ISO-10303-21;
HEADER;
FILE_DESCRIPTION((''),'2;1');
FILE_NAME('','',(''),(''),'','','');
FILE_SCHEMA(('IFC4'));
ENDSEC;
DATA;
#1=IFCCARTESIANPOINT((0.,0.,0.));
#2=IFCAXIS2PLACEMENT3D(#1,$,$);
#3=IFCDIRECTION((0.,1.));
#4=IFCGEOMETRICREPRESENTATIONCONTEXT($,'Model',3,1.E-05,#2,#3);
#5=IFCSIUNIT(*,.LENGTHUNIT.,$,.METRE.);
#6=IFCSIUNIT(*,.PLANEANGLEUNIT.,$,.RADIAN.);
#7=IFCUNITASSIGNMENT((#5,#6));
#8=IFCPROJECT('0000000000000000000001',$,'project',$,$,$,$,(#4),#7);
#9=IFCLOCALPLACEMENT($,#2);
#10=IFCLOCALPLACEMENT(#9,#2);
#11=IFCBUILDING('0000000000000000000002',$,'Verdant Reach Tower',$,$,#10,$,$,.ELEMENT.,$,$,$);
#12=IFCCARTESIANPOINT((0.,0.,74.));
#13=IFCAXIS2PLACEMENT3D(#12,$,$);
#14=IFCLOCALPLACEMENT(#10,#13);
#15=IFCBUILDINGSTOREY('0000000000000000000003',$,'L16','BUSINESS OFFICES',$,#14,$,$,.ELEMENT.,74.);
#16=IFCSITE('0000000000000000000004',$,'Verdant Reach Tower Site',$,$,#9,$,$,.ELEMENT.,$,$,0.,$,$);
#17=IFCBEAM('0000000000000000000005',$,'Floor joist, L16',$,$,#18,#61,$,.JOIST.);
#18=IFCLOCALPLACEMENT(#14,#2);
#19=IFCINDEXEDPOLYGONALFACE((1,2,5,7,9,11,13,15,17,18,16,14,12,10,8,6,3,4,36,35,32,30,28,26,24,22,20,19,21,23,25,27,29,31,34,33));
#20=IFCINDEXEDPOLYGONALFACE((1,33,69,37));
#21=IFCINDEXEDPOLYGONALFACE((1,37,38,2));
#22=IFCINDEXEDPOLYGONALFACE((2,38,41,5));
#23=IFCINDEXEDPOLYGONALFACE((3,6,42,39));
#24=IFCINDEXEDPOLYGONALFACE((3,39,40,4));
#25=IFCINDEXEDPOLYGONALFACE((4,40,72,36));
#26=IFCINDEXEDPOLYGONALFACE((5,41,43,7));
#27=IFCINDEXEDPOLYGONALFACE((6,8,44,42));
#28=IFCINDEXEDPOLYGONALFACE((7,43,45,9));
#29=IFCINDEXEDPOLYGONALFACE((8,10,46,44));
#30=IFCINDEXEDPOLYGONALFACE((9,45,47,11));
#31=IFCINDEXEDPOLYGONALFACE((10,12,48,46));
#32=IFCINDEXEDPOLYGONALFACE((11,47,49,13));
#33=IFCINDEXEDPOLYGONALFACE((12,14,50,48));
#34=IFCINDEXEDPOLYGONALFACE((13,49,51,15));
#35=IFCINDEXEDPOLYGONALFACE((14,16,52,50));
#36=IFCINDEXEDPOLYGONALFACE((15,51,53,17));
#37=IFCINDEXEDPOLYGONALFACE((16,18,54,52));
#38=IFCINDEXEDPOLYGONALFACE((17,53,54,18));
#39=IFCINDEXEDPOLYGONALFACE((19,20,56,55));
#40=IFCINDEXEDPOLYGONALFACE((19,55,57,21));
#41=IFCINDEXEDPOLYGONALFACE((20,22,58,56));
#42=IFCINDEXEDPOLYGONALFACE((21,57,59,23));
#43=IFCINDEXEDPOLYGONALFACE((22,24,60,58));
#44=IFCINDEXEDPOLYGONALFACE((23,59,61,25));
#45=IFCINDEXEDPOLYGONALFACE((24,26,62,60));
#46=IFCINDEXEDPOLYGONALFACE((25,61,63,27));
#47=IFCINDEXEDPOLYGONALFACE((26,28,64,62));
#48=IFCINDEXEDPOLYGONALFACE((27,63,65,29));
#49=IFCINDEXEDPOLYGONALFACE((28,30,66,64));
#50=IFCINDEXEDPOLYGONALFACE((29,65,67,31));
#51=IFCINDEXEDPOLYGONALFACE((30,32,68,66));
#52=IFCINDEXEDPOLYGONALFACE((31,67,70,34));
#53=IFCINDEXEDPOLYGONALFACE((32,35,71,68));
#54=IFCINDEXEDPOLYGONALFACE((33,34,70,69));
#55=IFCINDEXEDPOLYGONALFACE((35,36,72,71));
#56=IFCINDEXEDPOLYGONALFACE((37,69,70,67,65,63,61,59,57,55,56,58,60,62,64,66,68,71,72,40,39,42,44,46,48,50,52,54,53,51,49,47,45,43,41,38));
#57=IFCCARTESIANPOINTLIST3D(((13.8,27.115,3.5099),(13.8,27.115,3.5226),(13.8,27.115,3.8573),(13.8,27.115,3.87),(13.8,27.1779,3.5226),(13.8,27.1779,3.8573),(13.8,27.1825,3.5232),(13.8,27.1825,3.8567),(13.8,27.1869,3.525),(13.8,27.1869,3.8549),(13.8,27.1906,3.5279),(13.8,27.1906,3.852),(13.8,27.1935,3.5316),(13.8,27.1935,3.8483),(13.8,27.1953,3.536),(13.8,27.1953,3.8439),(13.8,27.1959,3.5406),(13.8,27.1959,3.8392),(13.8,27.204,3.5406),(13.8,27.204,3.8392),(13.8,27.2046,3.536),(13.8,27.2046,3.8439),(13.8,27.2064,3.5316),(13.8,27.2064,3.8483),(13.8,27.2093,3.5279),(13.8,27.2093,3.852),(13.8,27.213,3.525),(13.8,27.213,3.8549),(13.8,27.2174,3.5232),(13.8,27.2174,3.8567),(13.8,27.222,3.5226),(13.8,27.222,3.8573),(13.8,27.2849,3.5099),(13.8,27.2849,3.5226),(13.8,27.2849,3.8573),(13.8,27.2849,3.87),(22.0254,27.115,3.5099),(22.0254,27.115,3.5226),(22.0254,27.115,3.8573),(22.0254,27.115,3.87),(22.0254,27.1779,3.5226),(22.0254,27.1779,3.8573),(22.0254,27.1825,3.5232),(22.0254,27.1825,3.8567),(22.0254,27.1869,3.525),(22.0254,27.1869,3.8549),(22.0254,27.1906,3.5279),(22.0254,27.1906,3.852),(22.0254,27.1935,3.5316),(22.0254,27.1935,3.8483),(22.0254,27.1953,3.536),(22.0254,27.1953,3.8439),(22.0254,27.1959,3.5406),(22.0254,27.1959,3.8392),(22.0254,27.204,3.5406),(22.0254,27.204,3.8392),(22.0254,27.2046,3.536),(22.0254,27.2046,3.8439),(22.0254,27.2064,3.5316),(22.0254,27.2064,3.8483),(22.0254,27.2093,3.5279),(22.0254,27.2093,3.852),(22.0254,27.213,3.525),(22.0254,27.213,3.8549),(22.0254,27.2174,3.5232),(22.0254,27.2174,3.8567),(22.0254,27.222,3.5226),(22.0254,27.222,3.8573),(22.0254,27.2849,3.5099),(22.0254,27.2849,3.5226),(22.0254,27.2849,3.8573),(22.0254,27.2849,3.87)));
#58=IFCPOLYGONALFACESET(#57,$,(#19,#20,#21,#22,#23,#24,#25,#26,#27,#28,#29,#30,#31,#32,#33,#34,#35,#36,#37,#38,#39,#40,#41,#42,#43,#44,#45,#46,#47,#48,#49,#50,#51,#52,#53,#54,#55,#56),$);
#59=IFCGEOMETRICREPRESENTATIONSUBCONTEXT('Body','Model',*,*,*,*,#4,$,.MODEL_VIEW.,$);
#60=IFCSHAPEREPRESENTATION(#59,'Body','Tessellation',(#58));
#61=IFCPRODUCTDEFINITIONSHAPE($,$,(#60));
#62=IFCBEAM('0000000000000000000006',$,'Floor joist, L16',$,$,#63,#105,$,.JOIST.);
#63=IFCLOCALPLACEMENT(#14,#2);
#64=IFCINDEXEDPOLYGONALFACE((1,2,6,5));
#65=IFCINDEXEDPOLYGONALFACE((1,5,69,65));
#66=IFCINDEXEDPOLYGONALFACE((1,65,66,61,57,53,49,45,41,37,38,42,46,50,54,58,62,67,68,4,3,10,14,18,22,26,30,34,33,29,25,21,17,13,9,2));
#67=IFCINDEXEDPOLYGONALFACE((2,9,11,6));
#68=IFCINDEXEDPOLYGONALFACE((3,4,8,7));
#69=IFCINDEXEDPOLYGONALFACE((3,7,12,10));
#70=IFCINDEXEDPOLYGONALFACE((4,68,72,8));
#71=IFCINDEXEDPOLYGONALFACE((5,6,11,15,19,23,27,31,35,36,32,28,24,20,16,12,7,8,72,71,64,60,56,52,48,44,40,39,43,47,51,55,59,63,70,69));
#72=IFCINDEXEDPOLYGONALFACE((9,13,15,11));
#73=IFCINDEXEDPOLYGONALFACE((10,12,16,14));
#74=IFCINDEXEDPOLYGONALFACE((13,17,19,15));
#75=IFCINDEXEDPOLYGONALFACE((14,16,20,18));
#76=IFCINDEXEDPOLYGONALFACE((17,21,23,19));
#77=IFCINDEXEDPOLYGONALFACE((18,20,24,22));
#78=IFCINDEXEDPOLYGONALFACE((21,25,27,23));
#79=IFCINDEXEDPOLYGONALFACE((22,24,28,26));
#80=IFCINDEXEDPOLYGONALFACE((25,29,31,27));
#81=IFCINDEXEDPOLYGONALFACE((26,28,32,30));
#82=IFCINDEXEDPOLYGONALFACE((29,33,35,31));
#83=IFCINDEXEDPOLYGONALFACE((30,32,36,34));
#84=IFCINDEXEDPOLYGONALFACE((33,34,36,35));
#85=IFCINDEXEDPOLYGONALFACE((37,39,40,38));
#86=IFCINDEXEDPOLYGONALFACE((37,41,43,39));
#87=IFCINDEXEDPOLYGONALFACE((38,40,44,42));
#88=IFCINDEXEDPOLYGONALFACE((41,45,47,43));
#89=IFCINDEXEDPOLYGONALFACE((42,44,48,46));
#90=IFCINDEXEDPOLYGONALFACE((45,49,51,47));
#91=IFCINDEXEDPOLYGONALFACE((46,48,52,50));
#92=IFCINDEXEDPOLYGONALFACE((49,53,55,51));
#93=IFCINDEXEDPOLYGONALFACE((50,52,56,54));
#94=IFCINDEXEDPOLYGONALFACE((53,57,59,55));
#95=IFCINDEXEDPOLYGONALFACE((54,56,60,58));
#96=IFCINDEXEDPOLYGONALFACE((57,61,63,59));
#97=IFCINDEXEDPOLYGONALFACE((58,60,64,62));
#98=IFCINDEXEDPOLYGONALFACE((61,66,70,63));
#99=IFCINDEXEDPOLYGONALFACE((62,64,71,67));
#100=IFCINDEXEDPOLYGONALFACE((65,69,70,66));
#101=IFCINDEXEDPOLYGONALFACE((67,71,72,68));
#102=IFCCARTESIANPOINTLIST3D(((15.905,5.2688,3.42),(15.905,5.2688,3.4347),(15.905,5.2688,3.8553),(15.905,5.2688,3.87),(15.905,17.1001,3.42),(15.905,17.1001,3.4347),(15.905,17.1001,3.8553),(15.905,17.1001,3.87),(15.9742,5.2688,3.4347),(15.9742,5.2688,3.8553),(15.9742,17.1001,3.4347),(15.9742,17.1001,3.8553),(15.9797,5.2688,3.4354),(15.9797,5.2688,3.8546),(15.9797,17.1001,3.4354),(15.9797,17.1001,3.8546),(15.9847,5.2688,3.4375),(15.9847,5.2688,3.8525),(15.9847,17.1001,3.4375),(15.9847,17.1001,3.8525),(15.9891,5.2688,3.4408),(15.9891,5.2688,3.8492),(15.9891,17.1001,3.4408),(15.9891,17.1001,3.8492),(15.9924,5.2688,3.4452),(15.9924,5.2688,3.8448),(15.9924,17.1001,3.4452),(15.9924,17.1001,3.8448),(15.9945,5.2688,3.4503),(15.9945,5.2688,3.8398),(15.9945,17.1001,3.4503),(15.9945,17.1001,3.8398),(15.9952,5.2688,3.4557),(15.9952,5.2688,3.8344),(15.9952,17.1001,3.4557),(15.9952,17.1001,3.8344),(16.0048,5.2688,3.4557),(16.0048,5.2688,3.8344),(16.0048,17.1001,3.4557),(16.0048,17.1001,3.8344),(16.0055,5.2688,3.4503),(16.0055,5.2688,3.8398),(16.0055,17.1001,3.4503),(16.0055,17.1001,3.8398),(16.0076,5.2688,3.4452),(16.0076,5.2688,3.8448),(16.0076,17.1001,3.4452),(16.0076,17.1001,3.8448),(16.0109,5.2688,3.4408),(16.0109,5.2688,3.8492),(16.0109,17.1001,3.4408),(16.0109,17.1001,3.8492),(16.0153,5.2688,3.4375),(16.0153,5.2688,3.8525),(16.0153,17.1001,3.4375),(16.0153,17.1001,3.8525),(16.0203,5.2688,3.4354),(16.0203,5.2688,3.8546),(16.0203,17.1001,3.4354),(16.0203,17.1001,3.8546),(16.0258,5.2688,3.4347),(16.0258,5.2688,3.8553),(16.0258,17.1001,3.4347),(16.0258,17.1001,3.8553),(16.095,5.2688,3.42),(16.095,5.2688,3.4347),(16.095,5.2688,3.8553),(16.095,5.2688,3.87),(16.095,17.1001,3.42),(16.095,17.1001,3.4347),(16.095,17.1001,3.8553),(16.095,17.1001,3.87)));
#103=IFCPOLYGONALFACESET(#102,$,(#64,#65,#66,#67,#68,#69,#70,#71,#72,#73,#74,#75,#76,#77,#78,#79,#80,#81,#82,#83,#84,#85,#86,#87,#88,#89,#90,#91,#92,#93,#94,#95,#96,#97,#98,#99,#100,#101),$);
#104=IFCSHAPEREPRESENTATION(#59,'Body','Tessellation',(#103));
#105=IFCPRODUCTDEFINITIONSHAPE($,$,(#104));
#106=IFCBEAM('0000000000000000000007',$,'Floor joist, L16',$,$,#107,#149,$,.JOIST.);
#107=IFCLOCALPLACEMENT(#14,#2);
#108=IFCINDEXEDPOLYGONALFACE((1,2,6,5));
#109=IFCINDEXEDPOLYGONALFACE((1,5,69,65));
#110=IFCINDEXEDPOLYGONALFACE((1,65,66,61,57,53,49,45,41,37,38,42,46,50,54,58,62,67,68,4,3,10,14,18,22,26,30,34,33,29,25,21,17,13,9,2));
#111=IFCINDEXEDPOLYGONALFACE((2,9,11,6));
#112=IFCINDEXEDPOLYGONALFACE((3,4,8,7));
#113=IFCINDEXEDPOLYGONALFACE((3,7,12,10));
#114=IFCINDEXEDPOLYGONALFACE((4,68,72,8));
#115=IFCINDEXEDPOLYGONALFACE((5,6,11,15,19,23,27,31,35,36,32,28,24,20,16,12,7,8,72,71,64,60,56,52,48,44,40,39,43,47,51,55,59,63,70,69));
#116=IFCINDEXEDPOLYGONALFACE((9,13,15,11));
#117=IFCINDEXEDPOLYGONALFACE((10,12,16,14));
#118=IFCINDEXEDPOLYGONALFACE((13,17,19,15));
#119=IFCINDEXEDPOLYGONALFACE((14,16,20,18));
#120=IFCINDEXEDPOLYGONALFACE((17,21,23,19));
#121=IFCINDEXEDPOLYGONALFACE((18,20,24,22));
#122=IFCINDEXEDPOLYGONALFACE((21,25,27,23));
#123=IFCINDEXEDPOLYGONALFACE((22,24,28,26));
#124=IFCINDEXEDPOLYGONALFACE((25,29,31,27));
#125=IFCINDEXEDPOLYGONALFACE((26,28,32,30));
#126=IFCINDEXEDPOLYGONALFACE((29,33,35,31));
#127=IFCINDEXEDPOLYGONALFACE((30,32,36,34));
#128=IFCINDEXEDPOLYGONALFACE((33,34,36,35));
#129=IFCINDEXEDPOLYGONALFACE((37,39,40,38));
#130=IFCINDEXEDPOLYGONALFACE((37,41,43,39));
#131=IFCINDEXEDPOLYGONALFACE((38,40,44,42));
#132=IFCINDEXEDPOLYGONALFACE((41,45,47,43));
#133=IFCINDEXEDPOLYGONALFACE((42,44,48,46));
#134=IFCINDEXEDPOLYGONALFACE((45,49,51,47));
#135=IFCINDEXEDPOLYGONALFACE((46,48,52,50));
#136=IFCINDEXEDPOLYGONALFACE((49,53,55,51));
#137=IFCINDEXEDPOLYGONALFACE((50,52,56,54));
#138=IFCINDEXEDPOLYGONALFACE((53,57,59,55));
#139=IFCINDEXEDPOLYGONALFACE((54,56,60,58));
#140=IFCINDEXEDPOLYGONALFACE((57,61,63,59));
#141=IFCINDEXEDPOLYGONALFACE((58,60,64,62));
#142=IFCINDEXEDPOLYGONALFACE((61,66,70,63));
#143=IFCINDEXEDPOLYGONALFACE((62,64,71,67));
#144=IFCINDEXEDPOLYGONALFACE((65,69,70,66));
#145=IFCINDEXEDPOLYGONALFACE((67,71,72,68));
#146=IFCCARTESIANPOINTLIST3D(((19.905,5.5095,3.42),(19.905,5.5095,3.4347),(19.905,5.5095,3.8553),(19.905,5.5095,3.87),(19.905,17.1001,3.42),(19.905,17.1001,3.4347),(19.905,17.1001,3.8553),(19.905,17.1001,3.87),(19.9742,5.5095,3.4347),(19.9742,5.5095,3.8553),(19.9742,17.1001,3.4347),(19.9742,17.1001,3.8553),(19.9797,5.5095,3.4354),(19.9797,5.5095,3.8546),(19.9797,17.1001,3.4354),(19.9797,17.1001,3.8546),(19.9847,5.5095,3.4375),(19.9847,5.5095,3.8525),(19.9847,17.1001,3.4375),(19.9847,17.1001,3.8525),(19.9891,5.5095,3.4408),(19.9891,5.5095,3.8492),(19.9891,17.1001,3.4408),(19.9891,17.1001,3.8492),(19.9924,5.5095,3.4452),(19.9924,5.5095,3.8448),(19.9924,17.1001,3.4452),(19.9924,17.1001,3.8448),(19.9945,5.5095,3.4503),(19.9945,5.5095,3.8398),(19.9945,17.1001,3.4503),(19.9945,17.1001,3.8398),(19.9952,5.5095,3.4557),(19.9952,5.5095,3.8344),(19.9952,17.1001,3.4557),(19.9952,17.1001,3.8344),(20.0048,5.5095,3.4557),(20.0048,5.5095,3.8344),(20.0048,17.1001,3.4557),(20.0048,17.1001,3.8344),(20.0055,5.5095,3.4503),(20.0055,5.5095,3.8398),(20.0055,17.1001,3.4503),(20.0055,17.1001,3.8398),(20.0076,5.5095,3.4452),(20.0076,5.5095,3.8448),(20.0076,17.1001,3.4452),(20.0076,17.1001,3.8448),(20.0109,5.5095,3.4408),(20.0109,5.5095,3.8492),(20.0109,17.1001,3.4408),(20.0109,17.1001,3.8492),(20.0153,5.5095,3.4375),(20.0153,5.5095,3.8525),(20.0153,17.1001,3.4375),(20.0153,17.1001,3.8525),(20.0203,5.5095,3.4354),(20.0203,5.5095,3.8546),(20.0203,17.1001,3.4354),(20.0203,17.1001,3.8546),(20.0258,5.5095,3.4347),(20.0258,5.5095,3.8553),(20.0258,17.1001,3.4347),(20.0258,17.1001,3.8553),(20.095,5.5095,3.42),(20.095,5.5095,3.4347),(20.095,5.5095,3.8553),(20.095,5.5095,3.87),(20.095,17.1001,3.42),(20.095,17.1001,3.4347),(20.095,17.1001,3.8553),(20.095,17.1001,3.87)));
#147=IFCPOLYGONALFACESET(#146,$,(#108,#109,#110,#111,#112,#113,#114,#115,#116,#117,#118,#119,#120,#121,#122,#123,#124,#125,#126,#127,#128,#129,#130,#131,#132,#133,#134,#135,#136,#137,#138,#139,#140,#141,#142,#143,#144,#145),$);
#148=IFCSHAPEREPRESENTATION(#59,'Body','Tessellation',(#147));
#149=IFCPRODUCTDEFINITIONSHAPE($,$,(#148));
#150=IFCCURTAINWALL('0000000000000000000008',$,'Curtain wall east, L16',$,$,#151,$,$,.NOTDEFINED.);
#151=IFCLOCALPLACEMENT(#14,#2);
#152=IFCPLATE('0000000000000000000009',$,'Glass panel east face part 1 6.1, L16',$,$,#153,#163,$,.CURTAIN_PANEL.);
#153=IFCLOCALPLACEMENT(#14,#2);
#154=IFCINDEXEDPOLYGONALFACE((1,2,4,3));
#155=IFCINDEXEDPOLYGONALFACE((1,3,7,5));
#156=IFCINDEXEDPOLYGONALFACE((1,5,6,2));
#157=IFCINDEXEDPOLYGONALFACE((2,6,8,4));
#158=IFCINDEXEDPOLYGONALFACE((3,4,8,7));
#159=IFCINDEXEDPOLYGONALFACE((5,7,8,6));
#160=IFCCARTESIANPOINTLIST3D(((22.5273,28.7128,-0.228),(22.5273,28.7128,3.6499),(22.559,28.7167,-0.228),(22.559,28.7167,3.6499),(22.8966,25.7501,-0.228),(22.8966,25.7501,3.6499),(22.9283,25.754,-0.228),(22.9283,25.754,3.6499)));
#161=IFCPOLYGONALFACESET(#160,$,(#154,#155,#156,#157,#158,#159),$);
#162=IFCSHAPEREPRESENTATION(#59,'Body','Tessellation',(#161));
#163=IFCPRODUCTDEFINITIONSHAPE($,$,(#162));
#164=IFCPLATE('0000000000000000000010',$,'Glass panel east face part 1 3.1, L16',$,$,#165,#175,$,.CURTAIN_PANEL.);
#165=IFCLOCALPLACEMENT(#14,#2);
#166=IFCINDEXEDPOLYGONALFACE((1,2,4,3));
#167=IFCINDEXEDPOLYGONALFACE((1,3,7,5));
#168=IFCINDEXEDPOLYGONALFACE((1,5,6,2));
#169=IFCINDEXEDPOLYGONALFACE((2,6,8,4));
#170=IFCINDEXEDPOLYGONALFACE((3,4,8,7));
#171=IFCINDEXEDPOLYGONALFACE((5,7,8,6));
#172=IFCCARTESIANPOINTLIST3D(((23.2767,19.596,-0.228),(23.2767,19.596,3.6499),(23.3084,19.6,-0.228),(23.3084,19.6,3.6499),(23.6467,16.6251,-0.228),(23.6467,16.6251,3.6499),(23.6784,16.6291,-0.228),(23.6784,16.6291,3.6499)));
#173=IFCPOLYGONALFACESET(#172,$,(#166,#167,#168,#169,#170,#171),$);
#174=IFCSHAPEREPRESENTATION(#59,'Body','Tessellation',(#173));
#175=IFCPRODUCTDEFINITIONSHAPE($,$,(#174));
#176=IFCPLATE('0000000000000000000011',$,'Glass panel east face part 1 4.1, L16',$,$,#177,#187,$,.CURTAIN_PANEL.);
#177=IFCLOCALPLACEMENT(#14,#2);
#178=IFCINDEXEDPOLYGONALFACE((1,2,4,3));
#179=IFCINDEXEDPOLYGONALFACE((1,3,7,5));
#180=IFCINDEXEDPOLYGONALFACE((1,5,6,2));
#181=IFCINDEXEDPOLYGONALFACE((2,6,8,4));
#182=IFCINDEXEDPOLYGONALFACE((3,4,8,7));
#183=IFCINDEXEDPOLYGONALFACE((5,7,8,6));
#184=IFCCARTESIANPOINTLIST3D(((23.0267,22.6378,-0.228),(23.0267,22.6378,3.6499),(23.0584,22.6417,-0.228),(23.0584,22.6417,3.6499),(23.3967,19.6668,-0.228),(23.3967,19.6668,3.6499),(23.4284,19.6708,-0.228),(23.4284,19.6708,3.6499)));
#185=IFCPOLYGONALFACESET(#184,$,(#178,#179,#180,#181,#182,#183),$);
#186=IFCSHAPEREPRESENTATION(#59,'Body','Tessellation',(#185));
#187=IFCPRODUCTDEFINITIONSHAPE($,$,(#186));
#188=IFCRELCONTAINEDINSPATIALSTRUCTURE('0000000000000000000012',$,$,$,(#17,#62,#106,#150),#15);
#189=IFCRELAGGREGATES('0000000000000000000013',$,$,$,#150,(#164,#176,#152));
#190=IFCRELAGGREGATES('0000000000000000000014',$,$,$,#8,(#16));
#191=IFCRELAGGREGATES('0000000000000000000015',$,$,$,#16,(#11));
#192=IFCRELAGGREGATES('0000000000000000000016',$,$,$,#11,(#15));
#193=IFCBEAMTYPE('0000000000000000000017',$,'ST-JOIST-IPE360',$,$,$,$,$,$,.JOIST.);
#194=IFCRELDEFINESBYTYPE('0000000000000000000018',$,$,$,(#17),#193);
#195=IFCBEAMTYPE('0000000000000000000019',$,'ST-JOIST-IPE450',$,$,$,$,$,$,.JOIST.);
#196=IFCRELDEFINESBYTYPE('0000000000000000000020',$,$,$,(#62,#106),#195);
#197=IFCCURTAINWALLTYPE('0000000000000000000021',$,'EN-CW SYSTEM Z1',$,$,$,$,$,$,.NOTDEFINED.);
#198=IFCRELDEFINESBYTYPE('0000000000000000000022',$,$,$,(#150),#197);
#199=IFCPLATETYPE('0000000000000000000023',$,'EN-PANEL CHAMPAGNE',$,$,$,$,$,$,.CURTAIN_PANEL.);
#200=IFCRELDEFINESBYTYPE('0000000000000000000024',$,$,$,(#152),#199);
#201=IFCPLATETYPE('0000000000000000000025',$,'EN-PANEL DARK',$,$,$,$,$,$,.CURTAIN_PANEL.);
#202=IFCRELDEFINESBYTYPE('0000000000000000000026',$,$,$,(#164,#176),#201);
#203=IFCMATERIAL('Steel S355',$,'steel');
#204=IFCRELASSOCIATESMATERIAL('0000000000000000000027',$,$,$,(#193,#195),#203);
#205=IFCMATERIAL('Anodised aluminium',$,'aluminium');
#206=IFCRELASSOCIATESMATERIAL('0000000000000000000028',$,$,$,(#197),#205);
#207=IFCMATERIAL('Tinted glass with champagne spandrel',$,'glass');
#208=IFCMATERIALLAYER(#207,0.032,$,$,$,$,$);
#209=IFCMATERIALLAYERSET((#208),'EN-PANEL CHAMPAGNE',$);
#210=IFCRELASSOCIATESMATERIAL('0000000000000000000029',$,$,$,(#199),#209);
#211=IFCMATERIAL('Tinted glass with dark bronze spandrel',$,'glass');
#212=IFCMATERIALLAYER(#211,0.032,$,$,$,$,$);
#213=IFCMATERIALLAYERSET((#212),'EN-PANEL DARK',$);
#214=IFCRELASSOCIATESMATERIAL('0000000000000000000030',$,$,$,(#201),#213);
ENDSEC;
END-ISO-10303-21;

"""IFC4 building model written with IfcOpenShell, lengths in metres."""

from ifc_helpers import new_model, si_unit, direction, frame, origin, origin_2d, place, context, subcontext, project, spatial, rectangle, i_section, extrude, material, layer, layer_set, material_profile, profile_set, type_object, element, aggregate, save


model = new_model("IFC4")

# Units and contexts
model_context = context("Model", 3, precision=1e-05, world=origin(), true_north=direction((0.0, 1.0)))
body_context = subcontext(model_context, "Body", "Model", "MODEL_VIEW")
ifc_project = project(units=[si_unit("LENGTHUNIT", "METRE"), si_unit("PLANEANGLEUNIT", "RADIAN")], contexts=[model_context])

# Site, building, storey
site_placement = place(None, origin())
site = spatial("IfcSite", under=ifc_project, at=site_placement, Name="Verdant Reach Tower Site", CompositionType="ELEMENT", RefElevation=0.0)
building_placement = place(site_placement, origin())
building = spatial("IfcBuilding", under=site, at=building_placement, Name="Verdant Reach Tower", CompositionType="ELEMENT")
storey_placement = place(building_placement, frame((0.0, 0.0, 74.0)))
storey = spatial("IfcBuildingStorey", under=building, at=storey_placement, Name="L16", Description="BUSINESS OFFICES", CompositionType="ELEMENT", Elevation=74.0)

# Beams
ifc_material_1 = material(Name="Steel S355", Category="steel")
ifc_material_profile_1 = material_profile(ifc_material_1, i_section(OverallWidth=0.1699, OverallDepth=0.3601, WebThickness=0.0081, FlangeThickness=0.0127, FilletRadius=0.0181, at=origin_2d()), Name="IPE 360")
ifc_profile_set_1 = profile_set([ifc_material_profile_1], Name="Steel S355")
beam_type_1 = type_object("IfcBeamType", Name="ST-JOIST-IPE360", PredefinedType="JOIST", material=ifc_profile_set_1)
beam_1_placement = place(storey_placement, frame((13.8, 27.2, 3.6899), z_axis=(1.0, 0.0, 0.0), x_axis=(0.0, 1.0, 0.0)))
element("IfcBeam", 1, at=beam_1_placement, inside=storey, type_object=beam_type_1, Name="Floor joist, L16", PredefinedType="JOIST", context=body_context, shape_type="SweptSolid", body=[
    extrude(i_section(OverallWidth=0.1699, OverallDepth=0.3601, WebThickness=0.0081, FlangeThickness=0.0127, FilletRadius=0.0181, at=origin_2d()), origin(), (0.0, 0.0, 1.0), 8.2253),
])
ifc_material_profile_2 = material_profile(ifc_material_1, i_section(OverallWidth=0.1899, OverallDepth=0.45, WebThickness=0.0095, FlangeThickness=0.0146, FilletRadius=0.021, at=origin_2d()), Name="IPE 450")
ifc_profile_set_2 = profile_set([ifc_material_profile_2], Name="Steel S355")
beam_type_2 = type_object("IfcBeamType", Name="ST-JOIST-IPE450", PredefinedType="JOIST", material=ifc_profile_set_2)
beam_2_placement = place(storey_placement, frame((16.0, 17.1001, 3.645), z_axis=(0.0, -1.0, 0.0), x_axis=(1.0, 0.0, 0.0)))
element("IfcBeam", 2, at=beam_2_placement, inside=storey, type_object=beam_type_2, Name="Floor joist, L16", PredefinedType="JOIST", context=body_context, shape_type="SweptSolid", body=[
    extrude(i_section(OverallWidth=0.1899, OverallDepth=0.45, WebThickness=0.0095, FlangeThickness=0.0146, FilletRadius=0.021, at=origin_2d()), origin(), (0.0, 0.0, 1.0), 11.8313),
])
beam_3_placement = place(storey_placement, frame((20.0, 17.1001, 3.645), z_axis=(0.0, -1.0, 0.0), x_axis=(1.0, 0.0, 0.0)))
element("IfcBeam", 3, at=beam_3_placement, inside=storey, type_object=beam_type_2, Name="Floor joist, L16", PredefinedType="JOIST", context=body_context, shape_type="SweptSolid", body=[
    extrude(i_section(OverallWidth=0.1899, OverallDepth=0.45, WebThickness=0.0095, FlangeThickness=0.0146, FilletRadius=0.021, at=origin_2d()), origin(), (0.0, 0.0, 1.0), 11.5906),
])

# Curtain wall, plates
ifc_material_2 = material(Name="Anodised aluminium", Category="aluminium")
curtain_wall_type = type_object("IfcCurtainWallType", Name="EN-CW SYSTEM Z1", PredefinedType="NOTDEFINED", material=ifc_material_2)
curtain_wall_placement = place(storey_placement, origin())
curtain_wall = element("IfcCurtainWall", 4, at=curtain_wall_placement, inside=storey, type_object=curtain_wall_type, Name="Curtain wall east, L16", PredefinedType="NOTDEFINED")
ifc_material_3 = material(Name="Tinted glass with champagne spandrel", Category="glass")
ifc_layer_1 = layer(ifc_material_3, 0.032)
ifc_layer_set_1 = layer_set([ifc_layer_1], Name="EN-PANEL CHAMPAGNE")
plate_type_1 = type_object("IfcPlateType", Name="EN-PANEL CHAMPAGNE", PredefinedType="CURTAIN_PANEL", material=ifc_layer_set_1)
plate_1_placement = place(storey_placement, frame((22.7278, 27.2334, -0.228), z_axis=(0.0, 0.0, 1.0), x_axis=(-0.123691, 0.992321, 0.0)))
plate_1 = element("IfcPlate", 5, at=plate_1_placement, type_object=plate_type_1, Name="Glass panel east face part 1 6.1, L16", PredefinedType="CURTAIN_PANEL", context=body_context, shape_type="SweptSolid", body=[
    extrude(rectangle(XDim=2.9856, YDim=0.032, at=origin_2d()), origin(), (0.0, 0.0, 1.0), 3.8779),
])
ifc_material_4 = material(Name="Tinted glass with dark bronze spandrel", Category="glass")
ifc_layer_2 = layer(ifc_material_4, 0.032)
ifc_layer_set_2 = layer_set([ifc_layer_2], Name="EN-PANEL DARK")
plate_type_2 = type_object("IfcPlateType", Name="EN-PANEL DARK", PredefinedType="CURTAIN_PANEL", material=ifc_layer_set_2)
plate_2_placement = place(storey_placement, frame((23.4775, 18.1125, -0.228), z_axis=(0.0, 0.0, 1.0), x_axis=(-0.123579, 0.992335, 0.0)))
plate_2 = element("IfcPlate", 6, at=plate_2_placement, type_object=plate_type_2, Name="Glass panel east face part 1 3.1, L16", PredefinedType="CURTAIN_PANEL", context=body_context, shape_type="SweptSolid", body=[
    extrude(rectangle(XDim=2.9939, YDim=0.032, at=origin_2d()), origin(), (0.0, 0.0, 1.0), 3.8779),
])
plate_3_placement = place(storey_placement, frame((23.2275, 21.1543, -0.228), z_axis=(0.0, 0.0, 1.0), x_axis=(-0.123579, 0.992335, 0.0)))
plate_3 = element("IfcPlate", 7, at=plate_3_placement, type_object=plate_type_2, Name="Glass panel east face part 1 4.1, L16", PredefinedType="CURTAIN_PANEL", context=body_context, shape_type="SweptSolid", body=[
    extrude(rectangle(XDim=2.9939, YDim=0.032, at=origin_2d()), origin(), (0.0, 0.0, 1.0), 3.8779),
])
aggregate(curtain_wall, [plate_2, plate_3, plate_1])

save(model, "model.ifc")
